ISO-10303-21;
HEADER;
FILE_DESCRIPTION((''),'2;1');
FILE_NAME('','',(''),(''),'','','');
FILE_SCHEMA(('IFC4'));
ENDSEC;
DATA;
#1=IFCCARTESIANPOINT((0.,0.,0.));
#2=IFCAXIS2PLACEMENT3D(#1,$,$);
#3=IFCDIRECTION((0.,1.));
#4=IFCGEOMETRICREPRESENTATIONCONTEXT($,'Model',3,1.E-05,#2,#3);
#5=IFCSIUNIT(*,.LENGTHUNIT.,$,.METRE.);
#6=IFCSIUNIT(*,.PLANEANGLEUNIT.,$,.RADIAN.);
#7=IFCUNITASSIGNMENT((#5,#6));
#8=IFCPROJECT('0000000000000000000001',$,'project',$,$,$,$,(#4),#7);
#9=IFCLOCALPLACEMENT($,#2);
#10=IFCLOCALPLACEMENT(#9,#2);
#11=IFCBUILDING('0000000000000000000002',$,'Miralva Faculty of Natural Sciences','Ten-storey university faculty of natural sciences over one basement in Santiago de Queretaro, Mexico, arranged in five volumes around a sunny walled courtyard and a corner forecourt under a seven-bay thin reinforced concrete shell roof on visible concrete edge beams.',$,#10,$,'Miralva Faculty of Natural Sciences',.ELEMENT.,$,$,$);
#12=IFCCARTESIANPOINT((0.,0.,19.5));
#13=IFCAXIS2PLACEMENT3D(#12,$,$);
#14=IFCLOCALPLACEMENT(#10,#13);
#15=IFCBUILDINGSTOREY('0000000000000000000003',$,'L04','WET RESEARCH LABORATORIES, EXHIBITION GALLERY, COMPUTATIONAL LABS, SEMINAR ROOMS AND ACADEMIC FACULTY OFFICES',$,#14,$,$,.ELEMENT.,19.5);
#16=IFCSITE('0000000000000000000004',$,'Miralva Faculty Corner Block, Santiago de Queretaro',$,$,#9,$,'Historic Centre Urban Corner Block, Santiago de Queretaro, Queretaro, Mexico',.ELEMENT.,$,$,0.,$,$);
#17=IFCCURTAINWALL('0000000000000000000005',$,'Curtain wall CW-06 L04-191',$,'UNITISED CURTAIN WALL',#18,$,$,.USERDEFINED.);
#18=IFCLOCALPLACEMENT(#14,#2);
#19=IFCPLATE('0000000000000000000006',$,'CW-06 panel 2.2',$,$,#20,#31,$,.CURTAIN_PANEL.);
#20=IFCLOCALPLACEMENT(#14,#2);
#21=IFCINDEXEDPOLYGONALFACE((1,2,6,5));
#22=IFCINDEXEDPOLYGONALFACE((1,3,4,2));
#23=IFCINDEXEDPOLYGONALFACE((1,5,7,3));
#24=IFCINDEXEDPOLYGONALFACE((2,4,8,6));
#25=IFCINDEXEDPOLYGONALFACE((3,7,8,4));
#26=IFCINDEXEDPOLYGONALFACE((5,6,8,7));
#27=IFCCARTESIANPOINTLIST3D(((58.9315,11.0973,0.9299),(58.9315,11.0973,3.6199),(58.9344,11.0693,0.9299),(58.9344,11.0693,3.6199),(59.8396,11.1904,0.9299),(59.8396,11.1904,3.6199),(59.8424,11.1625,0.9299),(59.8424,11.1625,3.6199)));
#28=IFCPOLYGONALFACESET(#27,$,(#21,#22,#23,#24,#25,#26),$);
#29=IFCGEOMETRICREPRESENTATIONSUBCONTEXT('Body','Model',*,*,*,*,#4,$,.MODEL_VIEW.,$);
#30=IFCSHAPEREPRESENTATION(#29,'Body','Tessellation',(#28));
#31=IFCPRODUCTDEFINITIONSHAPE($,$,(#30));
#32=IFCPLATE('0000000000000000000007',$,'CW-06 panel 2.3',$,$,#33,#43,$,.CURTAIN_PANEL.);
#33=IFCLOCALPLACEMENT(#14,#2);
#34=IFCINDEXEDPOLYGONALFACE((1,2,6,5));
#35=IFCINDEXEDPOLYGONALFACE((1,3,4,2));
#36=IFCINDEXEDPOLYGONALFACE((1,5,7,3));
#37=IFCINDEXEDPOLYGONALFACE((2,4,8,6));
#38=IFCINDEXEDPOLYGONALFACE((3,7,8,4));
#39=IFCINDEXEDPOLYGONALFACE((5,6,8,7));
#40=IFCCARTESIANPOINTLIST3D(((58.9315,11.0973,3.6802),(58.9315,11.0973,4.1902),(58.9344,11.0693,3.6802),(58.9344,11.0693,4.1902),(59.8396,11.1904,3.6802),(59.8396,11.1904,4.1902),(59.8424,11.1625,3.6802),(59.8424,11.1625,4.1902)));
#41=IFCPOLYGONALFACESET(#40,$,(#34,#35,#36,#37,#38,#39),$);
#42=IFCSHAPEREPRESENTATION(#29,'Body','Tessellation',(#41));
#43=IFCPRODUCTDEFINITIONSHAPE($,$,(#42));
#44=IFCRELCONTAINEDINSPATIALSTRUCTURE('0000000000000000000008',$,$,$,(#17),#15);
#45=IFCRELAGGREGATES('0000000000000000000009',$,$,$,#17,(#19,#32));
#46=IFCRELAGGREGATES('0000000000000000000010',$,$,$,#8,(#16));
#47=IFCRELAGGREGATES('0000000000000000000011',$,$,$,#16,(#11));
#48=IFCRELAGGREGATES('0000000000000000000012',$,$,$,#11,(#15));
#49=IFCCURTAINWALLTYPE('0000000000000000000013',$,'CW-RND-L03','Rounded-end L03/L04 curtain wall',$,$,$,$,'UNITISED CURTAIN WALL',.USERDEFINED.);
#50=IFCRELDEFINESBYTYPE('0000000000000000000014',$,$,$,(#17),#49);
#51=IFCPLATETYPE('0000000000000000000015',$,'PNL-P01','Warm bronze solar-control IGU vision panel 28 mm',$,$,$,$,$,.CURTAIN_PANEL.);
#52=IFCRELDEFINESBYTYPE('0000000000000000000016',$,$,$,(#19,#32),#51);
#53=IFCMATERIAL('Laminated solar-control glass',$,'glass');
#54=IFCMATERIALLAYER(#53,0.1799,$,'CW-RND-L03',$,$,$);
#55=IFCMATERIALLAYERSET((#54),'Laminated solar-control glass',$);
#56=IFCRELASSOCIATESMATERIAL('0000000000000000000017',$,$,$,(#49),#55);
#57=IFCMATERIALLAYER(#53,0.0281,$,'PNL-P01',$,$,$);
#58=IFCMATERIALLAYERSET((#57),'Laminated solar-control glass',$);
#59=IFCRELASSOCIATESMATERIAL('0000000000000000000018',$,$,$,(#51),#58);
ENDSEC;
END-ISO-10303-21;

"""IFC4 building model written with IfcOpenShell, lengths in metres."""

from ifc_helpers import new_model, si_unit, direction, frame, origin, origin_2d, place, context, subcontext, project, spatial, rectangle, extrude, material, layer, layer_set, type_object, element, aggregate, save


model = new_model("IFC4")

# Units and contexts
model_context = context("Model", 3, precision=1e-05, world=origin(), true_north=direction((0.0, 1.0)))
body_context = subcontext(model_context, "Body", "Model", "MODEL_VIEW")
ifc_project = project(units=[si_unit("LENGTHUNIT", "METRE"), si_unit("PLANEANGLEUNIT", "RADIAN")], contexts=[model_context])

# Site, building, storey
site_placement = place(None, origin())
site = spatial("IfcSite", under=ifc_project, at=site_placement, Name="Miralva Faculty Corner Block, Santiago de Queretaro", LongName="Historic Centre Urban Corner Block, Santiago de Queretaro, Queretaro, Mexico", CompositionType="ELEMENT", RefElevation=0.0)
building_placement = place(site_placement, origin())
building = spatial("IfcBuilding", under=site, at=building_placement, Name="Miralva Faculty of Natural Sciences", Description="Ten-storey university faculty of natural sciences over one basement in Santiago de Queretaro, Mexico, arranged in five volumes around a sunny walled courtyard and a corner forecourt under a seven-bay thin reinforced concrete shell roof on visible concrete edge beams.", LongName="Miralva Faculty of Natural Sciences", CompositionType="ELEMENT")
storey_placement = place(building_placement, frame((0.0, 0.0, 19.5)))
storey = spatial("IfcBuildingStorey", under=building, at=storey_placement, Name="L04", Description="WET RESEARCH LABORATORIES, EXHIBITION GALLERY, COMPUTATIONAL LABS, SEMINAR ROOMS AND ACADEMIC FACULTY OFFICES", CompositionType="ELEMENT", Elevation=19.5)

# Curtain wall
ifc_material_1 = material(Name="Laminated solar-control glass", Category="glass")
ifc_layer_1 = layer(ifc_material_1, 0.1799, Name="CW-RND-L03")
ifc_layer_set_1 = layer_set([ifc_layer_1], Name="Laminated solar-control glass")
curtain_wall_type = type_object("IfcCurtainWallType", Name="CW-RND-L03", Description="Rounded-end L03/L04 curtain wall", ElementType="UNITISED CURTAIN WALL", PredefinedType="USERDEFINED", material=ifc_layer_set_1)
curtain_wall_1_placement = place(storey_placement, origin())
curtain_wall_1 = element("IfcCurtainWall", 1, at=curtain_wall_1_placement, inside=storey, type_object=curtain_wall_type, Name="Curtain wall CW-06 L04-191", ObjectType="UNITISED CURTAIN WALL", PredefinedType="USERDEFINED")

# Plates
ifc_layer_2 = layer(ifc_material_1, 0.0281, Name="PNL-P01")
ifc_layer_set_2 = layer_set([ifc_layer_2], Name="Laminated solar-control glass")
plate_type = type_object("IfcPlateType", Name="PNL-P01", Description="Warm bronze solar-control IGU vision panel 28 mm", PredefinedType="CURTAIN_PANEL", material=ifc_layer_set_2)
plate_1_placement = place(storey_placement, frame((59.387, 11.1299, 0.9299), z_axis=(0.0, 0.0, 1.0), x_axis=(0.994779, 0.102056, 0.0)))
plate_1 = element("IfcPlate", 2, at=plate_1_placement, type_object=plate_type, Name="CW-06 panel 2.2", PredefinedType="CURTAIN_PANEL", context=body_context, shape_type="SweptSolid", body=[
    extrude(rectangle(XDim=0.9128, YDim=0.0281, at=origin_2d()), origin(), (0.0, 0.0, 1.0), 2.6899),
])
plate_2_placement = place(storey_placement, frame((59.387, 11.1299, 3.6802), z_axis=(0.0, 0.0, 1.0), x_axis=(0.994779, 0.102056, 0.0)))
plate_2 = element("IfcPlate", 3, at=plate_2_placement, type_object=plate_type, Name="CW-06 panel 2.3", PredefinedType="CURTAIN_PANEL", context=body_context, shape_type="SweptSolid", body=[
    extrude(rectangle(XDim=0.9128, YDim=0.0281, at=origin_2d()), origin(), (0.0, 0.0, 1.0), 0.51),
])
aggregate(curtain_wall_1, [plate_1, plate_2])

save(model, "model.ifc")
